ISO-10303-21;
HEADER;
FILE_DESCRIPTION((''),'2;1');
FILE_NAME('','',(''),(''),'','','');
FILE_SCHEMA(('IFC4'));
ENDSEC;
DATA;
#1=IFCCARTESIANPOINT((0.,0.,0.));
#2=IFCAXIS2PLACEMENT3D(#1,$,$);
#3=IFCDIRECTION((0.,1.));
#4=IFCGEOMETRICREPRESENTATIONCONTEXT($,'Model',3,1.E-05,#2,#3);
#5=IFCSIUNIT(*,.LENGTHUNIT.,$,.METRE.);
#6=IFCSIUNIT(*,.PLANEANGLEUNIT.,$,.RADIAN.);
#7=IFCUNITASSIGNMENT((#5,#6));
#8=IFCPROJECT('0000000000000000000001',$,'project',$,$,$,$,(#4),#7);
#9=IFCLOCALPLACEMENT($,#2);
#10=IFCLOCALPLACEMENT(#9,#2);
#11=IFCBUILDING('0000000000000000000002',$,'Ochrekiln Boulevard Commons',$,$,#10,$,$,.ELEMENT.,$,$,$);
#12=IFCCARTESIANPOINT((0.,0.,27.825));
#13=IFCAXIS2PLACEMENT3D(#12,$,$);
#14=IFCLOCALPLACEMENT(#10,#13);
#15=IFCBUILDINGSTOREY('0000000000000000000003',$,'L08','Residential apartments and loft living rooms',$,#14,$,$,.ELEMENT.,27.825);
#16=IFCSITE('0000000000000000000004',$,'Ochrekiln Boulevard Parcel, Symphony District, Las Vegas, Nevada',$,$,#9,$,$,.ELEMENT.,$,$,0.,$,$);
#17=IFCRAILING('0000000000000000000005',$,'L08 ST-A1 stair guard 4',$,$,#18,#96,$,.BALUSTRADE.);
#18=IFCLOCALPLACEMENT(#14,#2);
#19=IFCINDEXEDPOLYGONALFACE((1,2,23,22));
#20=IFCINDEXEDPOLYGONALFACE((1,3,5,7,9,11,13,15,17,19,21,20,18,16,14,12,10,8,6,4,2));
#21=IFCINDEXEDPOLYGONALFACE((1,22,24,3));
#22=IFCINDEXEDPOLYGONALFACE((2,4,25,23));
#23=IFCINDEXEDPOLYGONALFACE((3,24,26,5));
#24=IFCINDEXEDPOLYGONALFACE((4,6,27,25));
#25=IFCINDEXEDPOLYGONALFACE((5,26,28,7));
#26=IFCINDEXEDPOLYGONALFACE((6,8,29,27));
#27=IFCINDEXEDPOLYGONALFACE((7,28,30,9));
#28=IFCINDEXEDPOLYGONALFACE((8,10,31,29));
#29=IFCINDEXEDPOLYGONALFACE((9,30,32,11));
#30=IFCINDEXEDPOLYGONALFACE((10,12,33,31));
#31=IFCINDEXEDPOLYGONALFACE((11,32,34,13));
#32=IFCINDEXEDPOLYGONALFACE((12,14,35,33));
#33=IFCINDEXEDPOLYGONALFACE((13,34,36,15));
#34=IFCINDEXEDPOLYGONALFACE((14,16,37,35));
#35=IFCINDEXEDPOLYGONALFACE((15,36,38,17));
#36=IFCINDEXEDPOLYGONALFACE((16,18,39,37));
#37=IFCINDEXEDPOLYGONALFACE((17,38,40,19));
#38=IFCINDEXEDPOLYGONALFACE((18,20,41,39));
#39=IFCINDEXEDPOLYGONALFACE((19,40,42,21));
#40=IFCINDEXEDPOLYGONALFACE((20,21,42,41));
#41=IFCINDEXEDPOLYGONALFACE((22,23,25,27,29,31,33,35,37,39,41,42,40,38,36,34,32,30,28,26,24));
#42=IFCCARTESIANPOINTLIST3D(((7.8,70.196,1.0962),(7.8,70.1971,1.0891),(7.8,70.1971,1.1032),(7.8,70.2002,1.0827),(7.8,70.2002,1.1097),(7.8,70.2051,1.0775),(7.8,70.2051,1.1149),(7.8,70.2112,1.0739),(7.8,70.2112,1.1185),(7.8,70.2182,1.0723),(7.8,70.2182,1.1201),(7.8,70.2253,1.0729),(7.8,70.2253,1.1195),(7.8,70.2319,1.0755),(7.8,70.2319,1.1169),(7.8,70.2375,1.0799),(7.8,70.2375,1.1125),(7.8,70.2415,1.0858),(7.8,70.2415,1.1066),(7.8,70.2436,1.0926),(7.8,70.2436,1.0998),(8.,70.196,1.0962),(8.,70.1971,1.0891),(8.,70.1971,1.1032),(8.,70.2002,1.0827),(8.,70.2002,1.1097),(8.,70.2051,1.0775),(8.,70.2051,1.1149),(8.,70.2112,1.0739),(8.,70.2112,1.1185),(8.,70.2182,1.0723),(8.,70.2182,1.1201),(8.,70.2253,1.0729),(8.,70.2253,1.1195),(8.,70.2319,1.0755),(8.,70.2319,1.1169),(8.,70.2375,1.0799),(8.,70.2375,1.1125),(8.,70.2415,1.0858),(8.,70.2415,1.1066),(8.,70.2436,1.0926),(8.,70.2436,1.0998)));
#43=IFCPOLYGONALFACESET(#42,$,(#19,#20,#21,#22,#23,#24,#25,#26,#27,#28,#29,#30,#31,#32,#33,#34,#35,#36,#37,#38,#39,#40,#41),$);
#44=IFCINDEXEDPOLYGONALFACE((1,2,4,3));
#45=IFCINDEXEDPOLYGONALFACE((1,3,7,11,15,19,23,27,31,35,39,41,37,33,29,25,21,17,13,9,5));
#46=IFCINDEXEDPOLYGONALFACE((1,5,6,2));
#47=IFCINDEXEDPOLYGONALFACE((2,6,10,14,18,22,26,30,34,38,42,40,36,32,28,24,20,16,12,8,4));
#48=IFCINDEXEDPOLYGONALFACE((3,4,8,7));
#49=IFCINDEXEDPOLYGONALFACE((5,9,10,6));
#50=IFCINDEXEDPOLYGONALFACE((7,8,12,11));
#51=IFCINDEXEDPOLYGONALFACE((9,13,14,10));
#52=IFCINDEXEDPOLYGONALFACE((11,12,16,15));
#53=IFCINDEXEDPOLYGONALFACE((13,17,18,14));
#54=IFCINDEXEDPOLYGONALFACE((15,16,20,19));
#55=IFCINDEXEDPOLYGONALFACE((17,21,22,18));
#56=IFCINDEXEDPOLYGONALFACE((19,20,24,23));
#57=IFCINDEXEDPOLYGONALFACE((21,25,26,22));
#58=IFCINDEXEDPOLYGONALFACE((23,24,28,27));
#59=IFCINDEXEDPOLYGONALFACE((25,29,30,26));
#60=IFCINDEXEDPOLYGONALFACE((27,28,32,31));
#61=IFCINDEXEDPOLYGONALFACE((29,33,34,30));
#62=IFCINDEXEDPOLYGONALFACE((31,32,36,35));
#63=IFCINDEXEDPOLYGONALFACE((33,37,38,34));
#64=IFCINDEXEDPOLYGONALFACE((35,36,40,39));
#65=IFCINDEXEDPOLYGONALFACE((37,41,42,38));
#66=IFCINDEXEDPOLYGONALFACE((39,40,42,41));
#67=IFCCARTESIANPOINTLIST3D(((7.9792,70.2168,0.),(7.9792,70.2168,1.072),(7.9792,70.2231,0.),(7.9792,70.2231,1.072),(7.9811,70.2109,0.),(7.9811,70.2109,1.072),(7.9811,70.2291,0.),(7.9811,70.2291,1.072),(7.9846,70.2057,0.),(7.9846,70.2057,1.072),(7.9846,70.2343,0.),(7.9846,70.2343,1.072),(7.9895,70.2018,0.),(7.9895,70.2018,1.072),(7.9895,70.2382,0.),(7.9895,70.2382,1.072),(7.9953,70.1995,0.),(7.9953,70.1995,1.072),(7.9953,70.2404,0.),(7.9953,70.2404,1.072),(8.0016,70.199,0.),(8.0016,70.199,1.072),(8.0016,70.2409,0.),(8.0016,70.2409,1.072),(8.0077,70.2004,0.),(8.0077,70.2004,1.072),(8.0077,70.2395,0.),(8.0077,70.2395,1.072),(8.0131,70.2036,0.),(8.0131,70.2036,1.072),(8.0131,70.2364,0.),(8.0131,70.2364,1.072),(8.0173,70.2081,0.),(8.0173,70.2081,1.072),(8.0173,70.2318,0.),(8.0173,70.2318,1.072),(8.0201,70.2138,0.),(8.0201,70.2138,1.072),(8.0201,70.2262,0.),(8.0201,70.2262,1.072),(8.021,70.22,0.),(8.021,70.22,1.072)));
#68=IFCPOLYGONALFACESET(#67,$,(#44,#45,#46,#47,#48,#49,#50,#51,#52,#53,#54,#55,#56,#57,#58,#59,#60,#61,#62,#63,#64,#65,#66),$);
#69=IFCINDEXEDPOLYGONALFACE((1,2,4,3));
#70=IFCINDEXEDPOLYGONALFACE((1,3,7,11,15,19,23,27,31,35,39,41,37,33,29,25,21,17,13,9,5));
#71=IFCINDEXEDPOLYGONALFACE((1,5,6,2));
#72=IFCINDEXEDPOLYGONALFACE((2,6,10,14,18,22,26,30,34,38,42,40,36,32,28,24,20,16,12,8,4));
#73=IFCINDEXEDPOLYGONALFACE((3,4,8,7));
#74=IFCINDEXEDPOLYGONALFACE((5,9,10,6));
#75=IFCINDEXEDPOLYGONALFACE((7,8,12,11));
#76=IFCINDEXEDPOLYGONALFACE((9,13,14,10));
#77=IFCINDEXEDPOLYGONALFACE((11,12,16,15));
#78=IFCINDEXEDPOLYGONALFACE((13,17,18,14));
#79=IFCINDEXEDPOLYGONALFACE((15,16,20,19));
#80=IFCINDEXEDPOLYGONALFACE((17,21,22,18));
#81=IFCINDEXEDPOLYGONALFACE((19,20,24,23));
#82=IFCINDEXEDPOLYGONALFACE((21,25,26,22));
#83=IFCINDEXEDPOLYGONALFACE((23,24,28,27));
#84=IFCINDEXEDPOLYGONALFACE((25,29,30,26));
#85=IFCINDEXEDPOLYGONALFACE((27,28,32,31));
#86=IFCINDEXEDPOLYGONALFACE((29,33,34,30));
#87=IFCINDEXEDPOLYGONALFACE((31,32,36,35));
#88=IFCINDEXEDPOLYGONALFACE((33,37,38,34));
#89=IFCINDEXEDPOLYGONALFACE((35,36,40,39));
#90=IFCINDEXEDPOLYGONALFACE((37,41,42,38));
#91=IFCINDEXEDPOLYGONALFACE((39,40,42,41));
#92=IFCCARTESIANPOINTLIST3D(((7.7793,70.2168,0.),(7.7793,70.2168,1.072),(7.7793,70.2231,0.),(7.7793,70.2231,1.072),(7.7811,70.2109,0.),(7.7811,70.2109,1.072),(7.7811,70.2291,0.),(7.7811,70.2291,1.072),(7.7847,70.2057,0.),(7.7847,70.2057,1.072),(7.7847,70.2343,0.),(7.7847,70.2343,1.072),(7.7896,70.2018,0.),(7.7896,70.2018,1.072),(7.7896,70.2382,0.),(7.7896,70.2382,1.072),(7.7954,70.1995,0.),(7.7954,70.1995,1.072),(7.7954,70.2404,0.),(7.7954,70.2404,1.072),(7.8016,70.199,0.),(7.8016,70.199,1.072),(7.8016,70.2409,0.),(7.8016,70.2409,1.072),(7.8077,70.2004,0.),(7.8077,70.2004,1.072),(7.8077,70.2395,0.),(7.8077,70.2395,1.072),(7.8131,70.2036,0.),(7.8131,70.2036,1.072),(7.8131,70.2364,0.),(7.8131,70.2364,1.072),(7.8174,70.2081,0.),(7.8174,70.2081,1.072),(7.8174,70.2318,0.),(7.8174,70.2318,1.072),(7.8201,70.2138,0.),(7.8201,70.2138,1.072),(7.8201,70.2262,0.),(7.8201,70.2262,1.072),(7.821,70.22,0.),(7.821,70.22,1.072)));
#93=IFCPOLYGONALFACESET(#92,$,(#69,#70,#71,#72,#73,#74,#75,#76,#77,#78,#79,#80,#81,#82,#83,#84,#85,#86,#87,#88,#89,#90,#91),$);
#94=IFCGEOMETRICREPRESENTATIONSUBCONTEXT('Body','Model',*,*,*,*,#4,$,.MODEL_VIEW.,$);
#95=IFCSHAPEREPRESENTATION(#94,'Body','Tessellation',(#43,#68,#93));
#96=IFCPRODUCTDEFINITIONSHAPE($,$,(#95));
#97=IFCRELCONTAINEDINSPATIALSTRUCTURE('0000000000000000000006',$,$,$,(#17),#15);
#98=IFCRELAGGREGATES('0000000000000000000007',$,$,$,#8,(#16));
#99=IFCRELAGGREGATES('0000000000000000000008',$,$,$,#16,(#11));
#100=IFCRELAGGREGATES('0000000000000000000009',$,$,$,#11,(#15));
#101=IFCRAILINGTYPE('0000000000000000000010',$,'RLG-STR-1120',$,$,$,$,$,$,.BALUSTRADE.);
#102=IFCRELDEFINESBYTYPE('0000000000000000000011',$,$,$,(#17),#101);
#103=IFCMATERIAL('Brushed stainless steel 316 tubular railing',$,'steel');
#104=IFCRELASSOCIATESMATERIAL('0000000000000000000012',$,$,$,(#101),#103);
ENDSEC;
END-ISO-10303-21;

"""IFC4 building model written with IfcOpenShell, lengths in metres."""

from ifc_helpers import new_model, si_unit, direction, frame, origin, origin_2d, place, context, subcontext, project, spatial, circle, extrude, material, type_object, element, save


model = new_model("IFC4")

# Units and contexts
model_context = context("Model", 3, precision=1e-05, world=origin(), true_north=direction((0.0, 1.0)))
body_context = subcontext(model_context, "Body", "Model", "MODEL_VIEW")
ifc_project = project(units=[si_unit("LENGTHUNIT", "METRE"), si_unit("PLANEANGLEUNIT", "RADIAN")], contexts=[model_context])

# Site, building, storey
site_placement = place(None, origin())
site = spatial("IfcSite", under=ifc_project, at=site_placement, Name="Ochrekiln Boulevard Parcel, Symphony District, Las Vegas, Nevada", CompositionType="ELEMENT", RefElevation=0.0)
building_placement = place(site_placement, origin())
building = spatial("IfcBuilding", under=site, at=building_placement, Name="Ochrekiln Boulevard Commons", CompositionType="ELEMENT")
storey_placement = place(building_placement, frame((0.0, 0.0, 27.825)))
storey = spatial("IfcBuildingStorey", under=building, at=storey_placement, Name="L08", Description="Residential apartments and loft living rooms", CompositionType="ELEMENT", Elevation=27.825)

# Railing
ifc_material_1 = material(Name="Brushed stainless steel 316 tubular railing", Category="steel")
railing_type_1 = type_object("IfcRailingType", Name="RLG-STR-1120", PredefinedType="BALUSTRADE", material=ifc_material_1)
railing_1_placement = place(storey_placement, frame((8.0, 70.22, 0.0)))
element("IfcRailing", 1, at=railing_1_placement, inside=storey, type_object=railing_type_1, Name="L08 ST-A1 stair guard 4", PredefinedType="BALUSTRADE", context=body_context, shape_type="SweptSolid", body=[
    extrude(circle(Radius=0.0239, at=origin_2d()), frame((0.0, 0.0, 1.0962), z_axis=(-1.0, 0.0, 0.0), x_axis=(0.0, -1.0, 0.0)), (0.0, 0.0, 1.0), 0.2),
    extrude(circle(Radius=0.021, at=origin_2d()), origin(), (0.0, 0.0, 1.0), 1.072),
    extrude(circle(Radius=0.021, at=origin_2d()), frame((-0.2, 0.0, 0.0)), (0.0, 0.0, 1.0), 1.072),
])

save(model, "model.ifc")
